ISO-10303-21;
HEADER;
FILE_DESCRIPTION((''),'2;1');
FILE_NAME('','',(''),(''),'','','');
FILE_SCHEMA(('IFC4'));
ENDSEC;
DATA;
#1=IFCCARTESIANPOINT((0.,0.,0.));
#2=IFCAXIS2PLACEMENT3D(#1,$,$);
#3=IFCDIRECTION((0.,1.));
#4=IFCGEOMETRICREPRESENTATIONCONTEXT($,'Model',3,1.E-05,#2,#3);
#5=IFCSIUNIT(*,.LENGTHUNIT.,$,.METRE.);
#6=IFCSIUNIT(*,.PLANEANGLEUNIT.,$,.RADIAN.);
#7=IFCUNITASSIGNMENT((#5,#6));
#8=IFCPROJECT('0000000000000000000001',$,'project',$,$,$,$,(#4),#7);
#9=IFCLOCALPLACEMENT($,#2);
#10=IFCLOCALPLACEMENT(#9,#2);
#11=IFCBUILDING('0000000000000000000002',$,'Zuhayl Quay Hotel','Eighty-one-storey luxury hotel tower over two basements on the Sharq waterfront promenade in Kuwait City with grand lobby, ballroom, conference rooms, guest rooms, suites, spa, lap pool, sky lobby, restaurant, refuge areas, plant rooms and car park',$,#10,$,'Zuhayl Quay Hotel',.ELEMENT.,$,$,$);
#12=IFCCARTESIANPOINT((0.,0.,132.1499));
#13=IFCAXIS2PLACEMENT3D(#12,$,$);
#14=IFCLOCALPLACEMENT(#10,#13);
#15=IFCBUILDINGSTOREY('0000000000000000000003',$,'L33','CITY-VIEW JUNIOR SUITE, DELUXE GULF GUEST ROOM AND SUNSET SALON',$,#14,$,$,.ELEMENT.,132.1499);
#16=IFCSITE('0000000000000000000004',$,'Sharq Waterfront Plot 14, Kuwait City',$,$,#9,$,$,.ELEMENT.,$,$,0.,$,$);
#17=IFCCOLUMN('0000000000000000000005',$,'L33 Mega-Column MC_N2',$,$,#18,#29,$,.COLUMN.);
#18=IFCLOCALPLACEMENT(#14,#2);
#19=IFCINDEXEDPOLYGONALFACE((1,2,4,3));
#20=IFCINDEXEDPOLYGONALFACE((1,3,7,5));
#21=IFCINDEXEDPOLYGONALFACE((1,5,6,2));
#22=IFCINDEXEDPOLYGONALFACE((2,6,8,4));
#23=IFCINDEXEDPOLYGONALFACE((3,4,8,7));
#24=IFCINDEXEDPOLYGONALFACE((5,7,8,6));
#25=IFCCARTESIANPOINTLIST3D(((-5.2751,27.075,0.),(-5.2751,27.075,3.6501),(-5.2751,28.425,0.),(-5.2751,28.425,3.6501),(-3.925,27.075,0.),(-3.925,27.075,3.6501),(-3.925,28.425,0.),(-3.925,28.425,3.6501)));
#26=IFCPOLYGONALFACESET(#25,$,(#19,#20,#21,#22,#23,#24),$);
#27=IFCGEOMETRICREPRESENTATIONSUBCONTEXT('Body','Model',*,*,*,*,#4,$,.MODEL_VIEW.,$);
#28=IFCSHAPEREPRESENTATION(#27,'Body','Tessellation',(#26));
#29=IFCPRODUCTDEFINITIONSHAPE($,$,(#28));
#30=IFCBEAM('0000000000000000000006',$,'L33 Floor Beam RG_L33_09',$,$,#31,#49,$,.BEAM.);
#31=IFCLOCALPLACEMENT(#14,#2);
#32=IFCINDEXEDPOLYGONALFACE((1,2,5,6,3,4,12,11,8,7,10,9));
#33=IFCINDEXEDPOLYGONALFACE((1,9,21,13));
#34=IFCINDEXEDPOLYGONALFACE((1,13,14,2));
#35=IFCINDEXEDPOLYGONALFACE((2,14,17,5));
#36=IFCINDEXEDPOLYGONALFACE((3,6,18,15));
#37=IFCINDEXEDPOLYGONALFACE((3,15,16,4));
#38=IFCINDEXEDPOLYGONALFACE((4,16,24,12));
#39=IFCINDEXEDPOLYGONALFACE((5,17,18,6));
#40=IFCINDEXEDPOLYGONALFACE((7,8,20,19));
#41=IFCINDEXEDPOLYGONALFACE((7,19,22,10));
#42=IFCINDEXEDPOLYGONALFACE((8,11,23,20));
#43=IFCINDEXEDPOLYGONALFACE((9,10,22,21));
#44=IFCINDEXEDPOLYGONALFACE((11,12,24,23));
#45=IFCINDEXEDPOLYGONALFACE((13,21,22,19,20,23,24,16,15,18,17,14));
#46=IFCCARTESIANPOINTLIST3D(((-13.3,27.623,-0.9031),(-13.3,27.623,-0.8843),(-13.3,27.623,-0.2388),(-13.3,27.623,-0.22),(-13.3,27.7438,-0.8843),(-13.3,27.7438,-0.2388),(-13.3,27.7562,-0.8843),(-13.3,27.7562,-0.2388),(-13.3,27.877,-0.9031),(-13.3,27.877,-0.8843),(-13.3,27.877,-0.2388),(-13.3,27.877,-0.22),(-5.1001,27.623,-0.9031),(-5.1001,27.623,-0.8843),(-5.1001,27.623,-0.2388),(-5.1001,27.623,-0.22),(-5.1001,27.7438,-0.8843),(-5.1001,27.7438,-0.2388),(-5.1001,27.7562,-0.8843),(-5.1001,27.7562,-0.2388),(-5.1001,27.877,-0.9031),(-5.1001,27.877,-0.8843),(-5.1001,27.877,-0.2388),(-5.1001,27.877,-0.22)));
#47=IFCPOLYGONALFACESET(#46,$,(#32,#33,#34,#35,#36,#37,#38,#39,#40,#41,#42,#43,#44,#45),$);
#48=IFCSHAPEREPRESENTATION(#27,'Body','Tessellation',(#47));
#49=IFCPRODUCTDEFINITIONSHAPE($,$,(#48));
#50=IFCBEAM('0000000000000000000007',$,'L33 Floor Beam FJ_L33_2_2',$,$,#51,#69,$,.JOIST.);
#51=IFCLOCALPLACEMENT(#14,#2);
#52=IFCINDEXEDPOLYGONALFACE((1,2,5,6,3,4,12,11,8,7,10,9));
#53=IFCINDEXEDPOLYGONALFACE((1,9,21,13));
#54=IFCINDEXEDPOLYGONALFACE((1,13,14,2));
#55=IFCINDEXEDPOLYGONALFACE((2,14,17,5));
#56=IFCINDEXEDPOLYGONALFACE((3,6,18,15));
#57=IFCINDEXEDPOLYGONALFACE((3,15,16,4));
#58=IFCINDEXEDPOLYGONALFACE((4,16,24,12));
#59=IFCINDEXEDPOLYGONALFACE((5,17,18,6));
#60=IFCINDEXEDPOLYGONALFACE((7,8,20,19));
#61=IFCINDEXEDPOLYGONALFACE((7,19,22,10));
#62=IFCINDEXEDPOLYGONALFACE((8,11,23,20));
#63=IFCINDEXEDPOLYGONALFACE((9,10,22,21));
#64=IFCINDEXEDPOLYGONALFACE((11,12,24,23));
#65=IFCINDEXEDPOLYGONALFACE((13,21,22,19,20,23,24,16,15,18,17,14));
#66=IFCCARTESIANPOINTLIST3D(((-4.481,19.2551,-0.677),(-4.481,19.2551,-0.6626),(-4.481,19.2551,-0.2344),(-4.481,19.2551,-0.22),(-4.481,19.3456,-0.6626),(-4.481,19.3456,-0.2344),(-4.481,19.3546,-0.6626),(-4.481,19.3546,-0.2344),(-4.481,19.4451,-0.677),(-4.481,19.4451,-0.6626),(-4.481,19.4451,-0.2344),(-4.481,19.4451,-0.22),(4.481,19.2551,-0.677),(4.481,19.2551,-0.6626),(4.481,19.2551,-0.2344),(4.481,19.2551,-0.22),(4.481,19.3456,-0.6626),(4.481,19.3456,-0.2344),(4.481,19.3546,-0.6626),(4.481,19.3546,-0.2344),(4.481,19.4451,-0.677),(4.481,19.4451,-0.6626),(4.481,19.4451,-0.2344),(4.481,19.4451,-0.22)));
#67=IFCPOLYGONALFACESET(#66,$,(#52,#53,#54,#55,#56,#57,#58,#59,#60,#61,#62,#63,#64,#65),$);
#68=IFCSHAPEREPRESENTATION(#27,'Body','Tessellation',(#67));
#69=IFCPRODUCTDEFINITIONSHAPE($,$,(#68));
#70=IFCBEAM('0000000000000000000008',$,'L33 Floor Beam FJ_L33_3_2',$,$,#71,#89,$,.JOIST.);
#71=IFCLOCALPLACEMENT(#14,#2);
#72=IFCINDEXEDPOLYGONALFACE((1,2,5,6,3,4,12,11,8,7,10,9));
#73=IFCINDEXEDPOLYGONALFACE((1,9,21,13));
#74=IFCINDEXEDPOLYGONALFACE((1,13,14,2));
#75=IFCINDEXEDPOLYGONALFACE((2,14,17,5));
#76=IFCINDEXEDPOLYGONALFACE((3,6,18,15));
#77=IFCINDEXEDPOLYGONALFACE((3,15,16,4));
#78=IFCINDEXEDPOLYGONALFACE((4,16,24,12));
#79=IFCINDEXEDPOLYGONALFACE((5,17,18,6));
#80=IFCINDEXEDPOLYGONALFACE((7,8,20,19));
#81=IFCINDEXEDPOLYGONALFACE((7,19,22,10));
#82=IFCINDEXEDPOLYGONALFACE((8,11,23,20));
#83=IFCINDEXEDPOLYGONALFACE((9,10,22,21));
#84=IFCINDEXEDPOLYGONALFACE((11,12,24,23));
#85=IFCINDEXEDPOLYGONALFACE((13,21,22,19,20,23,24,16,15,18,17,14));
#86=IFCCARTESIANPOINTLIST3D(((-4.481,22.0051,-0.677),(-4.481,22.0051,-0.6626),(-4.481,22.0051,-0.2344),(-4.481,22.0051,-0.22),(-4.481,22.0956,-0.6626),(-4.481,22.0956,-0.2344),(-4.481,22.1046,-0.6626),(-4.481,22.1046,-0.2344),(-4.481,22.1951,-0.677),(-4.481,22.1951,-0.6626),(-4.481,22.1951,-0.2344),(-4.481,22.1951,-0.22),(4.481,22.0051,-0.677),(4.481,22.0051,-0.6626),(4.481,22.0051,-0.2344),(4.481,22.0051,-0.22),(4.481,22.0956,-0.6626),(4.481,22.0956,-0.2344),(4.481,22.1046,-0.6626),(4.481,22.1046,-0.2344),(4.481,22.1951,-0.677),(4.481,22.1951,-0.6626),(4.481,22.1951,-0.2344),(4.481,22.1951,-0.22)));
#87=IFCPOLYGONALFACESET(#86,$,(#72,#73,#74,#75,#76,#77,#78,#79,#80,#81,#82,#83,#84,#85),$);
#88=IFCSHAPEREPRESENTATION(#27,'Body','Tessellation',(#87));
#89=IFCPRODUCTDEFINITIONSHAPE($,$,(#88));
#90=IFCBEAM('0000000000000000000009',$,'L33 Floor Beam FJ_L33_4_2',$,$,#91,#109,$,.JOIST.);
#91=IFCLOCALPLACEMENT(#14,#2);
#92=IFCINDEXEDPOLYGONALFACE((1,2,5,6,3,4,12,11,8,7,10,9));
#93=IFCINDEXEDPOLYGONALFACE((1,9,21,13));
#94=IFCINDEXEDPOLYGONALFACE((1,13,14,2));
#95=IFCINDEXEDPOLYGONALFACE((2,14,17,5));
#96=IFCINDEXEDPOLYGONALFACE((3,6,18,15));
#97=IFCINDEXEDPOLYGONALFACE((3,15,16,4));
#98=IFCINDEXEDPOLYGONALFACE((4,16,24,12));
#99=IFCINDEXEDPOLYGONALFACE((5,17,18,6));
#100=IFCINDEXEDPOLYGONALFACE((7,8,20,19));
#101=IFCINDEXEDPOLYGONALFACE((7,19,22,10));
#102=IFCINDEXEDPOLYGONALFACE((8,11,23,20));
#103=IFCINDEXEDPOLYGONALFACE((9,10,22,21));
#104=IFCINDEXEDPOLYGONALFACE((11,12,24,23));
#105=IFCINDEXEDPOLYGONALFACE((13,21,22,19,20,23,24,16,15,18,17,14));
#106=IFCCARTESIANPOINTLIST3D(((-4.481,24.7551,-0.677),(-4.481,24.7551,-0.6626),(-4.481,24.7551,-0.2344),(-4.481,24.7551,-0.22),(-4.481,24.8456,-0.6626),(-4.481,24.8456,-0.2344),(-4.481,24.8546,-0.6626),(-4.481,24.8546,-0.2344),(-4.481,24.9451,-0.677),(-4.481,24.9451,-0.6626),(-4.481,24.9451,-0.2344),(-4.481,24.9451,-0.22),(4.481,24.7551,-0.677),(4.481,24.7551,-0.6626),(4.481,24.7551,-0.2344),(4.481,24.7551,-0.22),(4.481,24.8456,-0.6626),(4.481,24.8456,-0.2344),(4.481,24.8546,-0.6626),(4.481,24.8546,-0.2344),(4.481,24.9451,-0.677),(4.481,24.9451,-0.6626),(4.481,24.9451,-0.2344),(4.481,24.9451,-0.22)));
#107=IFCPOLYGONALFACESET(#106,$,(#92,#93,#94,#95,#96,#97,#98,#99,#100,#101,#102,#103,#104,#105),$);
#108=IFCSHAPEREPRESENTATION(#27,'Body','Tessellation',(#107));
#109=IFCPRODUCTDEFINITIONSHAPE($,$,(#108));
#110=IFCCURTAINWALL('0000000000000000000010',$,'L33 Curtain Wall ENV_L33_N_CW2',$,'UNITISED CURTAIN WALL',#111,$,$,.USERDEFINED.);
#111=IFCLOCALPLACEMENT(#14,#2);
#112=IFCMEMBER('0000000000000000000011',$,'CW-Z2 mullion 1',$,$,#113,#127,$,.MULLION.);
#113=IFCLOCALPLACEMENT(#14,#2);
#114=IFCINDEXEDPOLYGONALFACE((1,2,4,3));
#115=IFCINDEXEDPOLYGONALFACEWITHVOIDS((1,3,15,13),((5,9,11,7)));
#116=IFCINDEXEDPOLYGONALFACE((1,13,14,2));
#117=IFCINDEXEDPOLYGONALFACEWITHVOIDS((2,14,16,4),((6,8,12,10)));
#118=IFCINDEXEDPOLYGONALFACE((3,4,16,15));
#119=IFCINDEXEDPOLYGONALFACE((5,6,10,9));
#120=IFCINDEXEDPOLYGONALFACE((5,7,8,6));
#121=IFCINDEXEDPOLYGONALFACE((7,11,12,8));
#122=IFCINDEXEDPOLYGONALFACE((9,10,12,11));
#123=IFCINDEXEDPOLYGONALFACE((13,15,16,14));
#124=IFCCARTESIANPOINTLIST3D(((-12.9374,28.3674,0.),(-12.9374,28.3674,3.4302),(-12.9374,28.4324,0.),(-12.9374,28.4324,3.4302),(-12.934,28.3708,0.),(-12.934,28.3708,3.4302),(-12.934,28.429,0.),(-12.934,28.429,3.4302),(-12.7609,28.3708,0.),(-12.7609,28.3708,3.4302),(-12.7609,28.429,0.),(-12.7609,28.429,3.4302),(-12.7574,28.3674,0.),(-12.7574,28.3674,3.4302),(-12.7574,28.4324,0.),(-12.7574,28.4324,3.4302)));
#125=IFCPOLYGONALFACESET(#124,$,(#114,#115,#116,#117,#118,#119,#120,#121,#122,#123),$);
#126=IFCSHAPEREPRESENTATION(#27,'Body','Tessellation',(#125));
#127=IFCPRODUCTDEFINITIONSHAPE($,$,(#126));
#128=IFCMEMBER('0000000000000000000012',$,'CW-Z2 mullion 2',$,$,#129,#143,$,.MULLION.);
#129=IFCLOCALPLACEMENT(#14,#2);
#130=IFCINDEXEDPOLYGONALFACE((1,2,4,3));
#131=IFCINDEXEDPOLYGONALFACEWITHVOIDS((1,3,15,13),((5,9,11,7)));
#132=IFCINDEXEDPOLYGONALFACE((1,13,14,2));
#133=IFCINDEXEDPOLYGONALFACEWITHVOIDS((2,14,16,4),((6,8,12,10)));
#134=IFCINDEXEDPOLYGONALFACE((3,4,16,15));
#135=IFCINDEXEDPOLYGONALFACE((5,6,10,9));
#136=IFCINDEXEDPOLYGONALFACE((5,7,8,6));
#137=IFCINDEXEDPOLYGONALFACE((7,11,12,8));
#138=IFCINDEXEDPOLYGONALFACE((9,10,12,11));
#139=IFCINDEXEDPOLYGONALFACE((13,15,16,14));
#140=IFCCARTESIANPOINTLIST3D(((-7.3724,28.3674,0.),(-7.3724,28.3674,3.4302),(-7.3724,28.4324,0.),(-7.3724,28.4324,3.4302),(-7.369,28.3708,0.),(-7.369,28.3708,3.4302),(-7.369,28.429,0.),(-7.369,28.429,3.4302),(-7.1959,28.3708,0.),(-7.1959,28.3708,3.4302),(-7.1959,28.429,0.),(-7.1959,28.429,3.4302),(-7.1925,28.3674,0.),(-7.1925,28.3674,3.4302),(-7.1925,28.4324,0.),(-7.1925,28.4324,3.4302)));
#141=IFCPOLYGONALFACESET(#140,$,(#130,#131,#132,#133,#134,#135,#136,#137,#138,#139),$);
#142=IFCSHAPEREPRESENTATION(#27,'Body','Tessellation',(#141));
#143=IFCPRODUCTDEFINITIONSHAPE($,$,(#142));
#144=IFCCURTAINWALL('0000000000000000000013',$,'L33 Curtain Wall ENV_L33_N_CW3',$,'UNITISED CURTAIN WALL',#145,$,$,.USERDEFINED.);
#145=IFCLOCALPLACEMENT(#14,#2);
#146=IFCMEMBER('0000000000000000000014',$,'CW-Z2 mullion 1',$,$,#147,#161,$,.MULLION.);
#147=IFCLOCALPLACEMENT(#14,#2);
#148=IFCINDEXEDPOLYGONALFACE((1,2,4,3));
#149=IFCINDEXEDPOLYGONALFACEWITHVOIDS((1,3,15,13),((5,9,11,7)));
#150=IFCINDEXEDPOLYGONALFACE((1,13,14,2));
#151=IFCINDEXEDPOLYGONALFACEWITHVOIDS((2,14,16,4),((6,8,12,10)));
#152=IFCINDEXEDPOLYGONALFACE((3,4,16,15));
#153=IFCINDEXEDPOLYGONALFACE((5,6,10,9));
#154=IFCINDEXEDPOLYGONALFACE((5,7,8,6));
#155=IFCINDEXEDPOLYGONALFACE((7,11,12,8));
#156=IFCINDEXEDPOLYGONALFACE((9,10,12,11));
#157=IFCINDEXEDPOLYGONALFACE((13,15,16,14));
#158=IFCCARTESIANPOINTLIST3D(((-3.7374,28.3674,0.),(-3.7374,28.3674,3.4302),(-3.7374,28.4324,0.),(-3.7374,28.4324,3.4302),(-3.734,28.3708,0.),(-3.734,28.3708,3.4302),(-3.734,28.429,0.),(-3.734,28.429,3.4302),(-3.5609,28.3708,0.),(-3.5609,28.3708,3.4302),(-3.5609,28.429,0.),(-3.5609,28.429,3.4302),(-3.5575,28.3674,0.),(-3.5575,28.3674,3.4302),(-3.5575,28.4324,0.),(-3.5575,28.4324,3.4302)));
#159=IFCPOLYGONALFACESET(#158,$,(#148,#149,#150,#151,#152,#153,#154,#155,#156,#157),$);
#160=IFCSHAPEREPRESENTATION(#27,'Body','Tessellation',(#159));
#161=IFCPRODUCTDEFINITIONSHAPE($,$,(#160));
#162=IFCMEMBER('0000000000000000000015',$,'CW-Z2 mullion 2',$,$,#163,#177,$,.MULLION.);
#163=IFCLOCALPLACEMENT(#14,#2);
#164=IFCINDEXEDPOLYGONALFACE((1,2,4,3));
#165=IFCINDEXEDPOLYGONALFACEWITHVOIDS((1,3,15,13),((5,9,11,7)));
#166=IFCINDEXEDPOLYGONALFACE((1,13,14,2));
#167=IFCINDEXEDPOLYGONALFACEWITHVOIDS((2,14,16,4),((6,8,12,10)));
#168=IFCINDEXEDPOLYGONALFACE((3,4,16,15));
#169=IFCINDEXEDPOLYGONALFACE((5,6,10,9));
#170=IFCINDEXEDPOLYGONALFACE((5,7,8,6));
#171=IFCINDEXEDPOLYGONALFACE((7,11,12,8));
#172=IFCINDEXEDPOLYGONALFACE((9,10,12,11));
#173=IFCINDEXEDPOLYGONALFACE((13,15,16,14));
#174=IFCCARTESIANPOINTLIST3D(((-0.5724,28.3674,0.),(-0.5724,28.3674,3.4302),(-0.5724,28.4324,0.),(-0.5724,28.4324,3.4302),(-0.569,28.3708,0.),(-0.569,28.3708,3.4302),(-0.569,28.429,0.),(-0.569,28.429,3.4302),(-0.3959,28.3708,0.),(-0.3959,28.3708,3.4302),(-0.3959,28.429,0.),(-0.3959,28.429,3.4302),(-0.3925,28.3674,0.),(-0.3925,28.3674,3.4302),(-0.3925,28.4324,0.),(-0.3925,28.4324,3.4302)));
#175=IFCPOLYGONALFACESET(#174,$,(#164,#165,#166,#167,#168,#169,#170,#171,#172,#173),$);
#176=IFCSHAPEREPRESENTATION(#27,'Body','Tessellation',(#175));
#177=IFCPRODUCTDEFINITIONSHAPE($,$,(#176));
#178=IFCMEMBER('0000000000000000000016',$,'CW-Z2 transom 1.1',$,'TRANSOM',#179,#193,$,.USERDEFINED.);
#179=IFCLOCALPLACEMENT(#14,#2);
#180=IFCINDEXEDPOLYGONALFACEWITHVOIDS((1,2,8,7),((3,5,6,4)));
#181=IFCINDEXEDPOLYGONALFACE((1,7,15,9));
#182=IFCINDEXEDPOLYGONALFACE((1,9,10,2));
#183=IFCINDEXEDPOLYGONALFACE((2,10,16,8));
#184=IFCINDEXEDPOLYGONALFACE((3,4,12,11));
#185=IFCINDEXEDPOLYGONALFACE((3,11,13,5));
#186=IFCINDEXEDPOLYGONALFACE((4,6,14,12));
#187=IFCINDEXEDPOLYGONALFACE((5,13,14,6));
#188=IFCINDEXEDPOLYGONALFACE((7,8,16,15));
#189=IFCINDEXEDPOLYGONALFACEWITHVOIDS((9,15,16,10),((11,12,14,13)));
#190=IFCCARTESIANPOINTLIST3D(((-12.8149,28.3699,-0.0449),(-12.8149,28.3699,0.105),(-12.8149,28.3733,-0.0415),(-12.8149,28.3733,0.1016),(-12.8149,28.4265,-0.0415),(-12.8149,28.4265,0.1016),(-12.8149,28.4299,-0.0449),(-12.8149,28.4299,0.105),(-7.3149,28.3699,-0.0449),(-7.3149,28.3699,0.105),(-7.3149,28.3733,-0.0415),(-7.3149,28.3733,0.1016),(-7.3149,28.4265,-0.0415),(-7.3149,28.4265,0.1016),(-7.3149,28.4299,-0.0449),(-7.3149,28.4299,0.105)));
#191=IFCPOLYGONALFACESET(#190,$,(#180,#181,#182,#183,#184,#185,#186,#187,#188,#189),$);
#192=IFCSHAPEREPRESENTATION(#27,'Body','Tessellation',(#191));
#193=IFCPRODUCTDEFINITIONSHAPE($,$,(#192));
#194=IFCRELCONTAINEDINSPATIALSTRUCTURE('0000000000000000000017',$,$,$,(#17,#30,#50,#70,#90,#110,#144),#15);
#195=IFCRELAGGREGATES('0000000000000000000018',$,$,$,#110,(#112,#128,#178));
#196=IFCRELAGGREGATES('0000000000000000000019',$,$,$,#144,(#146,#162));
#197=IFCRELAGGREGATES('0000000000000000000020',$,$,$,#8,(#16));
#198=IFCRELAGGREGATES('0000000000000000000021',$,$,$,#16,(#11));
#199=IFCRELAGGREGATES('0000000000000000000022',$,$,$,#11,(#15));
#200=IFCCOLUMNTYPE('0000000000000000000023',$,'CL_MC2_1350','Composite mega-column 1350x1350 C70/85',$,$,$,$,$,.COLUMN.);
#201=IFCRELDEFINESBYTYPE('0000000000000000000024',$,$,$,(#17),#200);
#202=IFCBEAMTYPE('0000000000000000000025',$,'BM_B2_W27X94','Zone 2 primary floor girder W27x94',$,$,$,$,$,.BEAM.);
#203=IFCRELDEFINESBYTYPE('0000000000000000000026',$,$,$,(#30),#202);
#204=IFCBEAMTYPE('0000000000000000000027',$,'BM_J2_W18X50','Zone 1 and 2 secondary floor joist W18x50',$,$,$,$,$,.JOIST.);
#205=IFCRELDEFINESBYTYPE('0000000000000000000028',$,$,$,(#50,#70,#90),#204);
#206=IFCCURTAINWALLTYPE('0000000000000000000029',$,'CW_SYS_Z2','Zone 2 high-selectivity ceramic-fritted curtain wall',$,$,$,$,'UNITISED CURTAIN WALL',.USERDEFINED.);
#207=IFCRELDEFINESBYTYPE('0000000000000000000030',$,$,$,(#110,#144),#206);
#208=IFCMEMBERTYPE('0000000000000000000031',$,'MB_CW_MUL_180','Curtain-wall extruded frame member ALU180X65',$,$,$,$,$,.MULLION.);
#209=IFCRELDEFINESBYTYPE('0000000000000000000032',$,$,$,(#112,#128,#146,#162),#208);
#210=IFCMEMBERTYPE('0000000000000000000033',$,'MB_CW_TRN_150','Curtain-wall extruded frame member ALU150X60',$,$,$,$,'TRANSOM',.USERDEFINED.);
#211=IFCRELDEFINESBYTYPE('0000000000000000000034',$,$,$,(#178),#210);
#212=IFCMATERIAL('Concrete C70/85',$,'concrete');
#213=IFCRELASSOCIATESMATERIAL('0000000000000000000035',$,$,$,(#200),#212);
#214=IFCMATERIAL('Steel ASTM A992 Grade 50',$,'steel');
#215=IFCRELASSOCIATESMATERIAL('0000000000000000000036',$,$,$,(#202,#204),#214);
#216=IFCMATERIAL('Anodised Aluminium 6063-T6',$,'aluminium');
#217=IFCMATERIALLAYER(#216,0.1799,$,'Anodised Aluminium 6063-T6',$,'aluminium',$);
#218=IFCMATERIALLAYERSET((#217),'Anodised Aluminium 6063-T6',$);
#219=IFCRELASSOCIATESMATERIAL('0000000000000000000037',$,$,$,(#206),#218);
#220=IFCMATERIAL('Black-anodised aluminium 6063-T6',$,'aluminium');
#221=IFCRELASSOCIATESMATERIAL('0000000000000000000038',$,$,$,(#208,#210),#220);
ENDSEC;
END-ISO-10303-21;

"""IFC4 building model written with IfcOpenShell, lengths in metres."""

from ifc_helpers import new_model, si_unit, direction, frame, origin, origin_2d, place, context, subcontext, project, spatial, rectangle, hollow_rectangle, i_section, extrude, material, layer, layer_set, material_profile, profile_set, type_object, element, aggregate, save


model = new_model("IFC4")

# Units and contexts
model_context = context("Model", 3, precision=1e-05, world=origin(), true_north=direction((0.0, 1.0)))
body_context = subcontext(model_context, "Body", "Model", "MODEL_VIEW")
ifc_project = project(units=[si_unit("LENGTHUNIT", "METRE"), si_unit("PLANEANGLEUNIT", "RADIAN")], contexts=[model_context])

# Site, building, storey
site_placement = place(None, origin())
site = spatial("IfcSite", under=ifc_project, at=site_placement, Name="Sharq Waterfront Plot 14, Kuwait City", CompositionType="ELEMENT", RefElevation=0.0)
building_placement = place(site_placement, origin())
building = spatial("IfcBuilding", under=site, at=building_placement, Name="Zuhayl Quay Hotel", Description="Eighty-one-storey luxury hotel tower over two basements on the Sharq waterfront promenade in Kuwait City with grand lobby, ballroom, conference rooms, guest rooms, suites, spa, lap pool, sky lobby, restaurant, refuge areas, plant rooms and car park", LongName="Zuhayl Quay Hotel", CompositionType="ELEMENT")
storey_placement = place(building_placement, frame((0.0, 0.0, 132.1499)))
storey = spatial("IfcBuildingStorey", under=building, at=storey_placement, Name="L33", Description="CITY-VIEW JUNIOR SUITE, DELUXE GULF GUEST ROOM AND SUNSET SALON", CompositionType="ELEMENT", Elevation=132.1499)

# Column
ifc_material_1 = material(Name="Concrete C70/85", Category="concrete")
ifc_material_profile_1 = material_profile(ifc_material_1, rectangle(XDim=1.3501, YDim=1.3501, at=origin_2d()), Name="RC1350X1350")
ifc_profile_set_1 = profile_set([ifc_material_profile_1], Name="Concrete C70/85")
column_type = type_object("IfcColumnType", Name="CL_MC2_1350", Description="Composite mega-column 1350x1350 C70/85", PredefinedType="COLUMN", material=ifc_profile_set_1)
column_placement = place(storey_placement, frame((-4.6001, 27.75, 0.0), z_axis=(0.0, 0.0, 1.0), x_axis=(1.0, 0.0, 0.0)))
element("IfcColumn", 1, at=column_placement, inside=storey, type_object=column_type, Name="L33 Mega-Column MC_N2", PredefinedType="COLUMN", context=body_context, shape_type="SweptSolid", body=[
    extrude(rectangle(XDim=1.3501, YDim=1.3501, at=origin_2d()), origin(), (0.0, 0.0, 1.0), 3.6501),
])

# Beams
ifc_material_2 = material(Name="Steel ASTM A992 Grade 50", Category="steel")
ifc_material_profile_2 = material_profile(ifc_material_2, i_section(OverallWidth=0.2539, OverallDepth=0.6831, WebThickness=0.0125, FlangeThickness=0.0188, at=origin_2d()), Name="W27X94")
ifc_profile_set_2 = profile_set([ifc_material_profile_2], Name="Steel ASTM A992 Grade 50")
beam_type_1 = type_object("IfcBeamType", Name="BM_B2_W27X94", Description="Zone 2 primary floor girder W27x94", PredefinedType="BEAM", material=ifc_profile_set_2)
beam_placement = place(storey_placement, frame((-5.1001, 27.75, -0.5615), z_axis=(-1.0, 0.0, 0.0), x_axis=(0.0, -1.0, 0.0)))
element("IfcBeam", 2, at=beam_placement, inside=storey, type_object=beam_type_1, Name="L33 Floor Beam RG_L33_09", PredefinedType="BEAM", context=body_context, shape_type="SweptSolid", body=[
    extrude(i_section(OverallWidth=0.2539, OverallDepth=0.6831, WebThickness=0.0125, FlangeThickness=0.0188, at=origin_2d()), origin(), (0.0, 0.0, 1.0), 8.2),
])
ifc_material_profile_3 = material_profile(ifc_material_2, i_section(OverallWidth=0.1899, OverallDepth=0.457, WebThickness=0.009, FlangeThickness=0.0144, at=origin_2d()), Name="W18X50")
ifc_profile_set_3 = profile_set([ifc_material_profile_3], Name="Steel ASTM A992 Grade 50")
beam_type_2 = type_object("IfcBeamType", Name="BM_J2_W18X50", Description="Zone 1 and 2 secondary floor joist W18x50", PredefinedType="JOIST", material=ifc_profile_set_3)
for number, where, z_axis, x_axis, name in (
    (3, (-4.481, 19.3501, -0.4485), (1.0, 0.0, 0.0), (0.0, 1.0, 0.0), "L33 Floor Beam FJ_L33_2_2"),
    (4, (-4.481, 22.1001, -0.4485), (1.0, 0.0, 0.0), (0.0, 1.0, 0.0), "L33 Floor Beam FJ_L33_3_2"),
    (5, (-4.481, 24.8501, -0.4485), (1.0, 0.0, 0.0), (0.0, 1.0, 0.0), "L33 Floor Beam FJ_L33_4_2"),
):
    element("IfcBeam", number, at=place(storey_placement, frame(where, z_axis=z_axis, x_axis=x_axis)), inside=storey, type_object=beam_type_2, Name=name, PredefinedType="JOIST", context=body_context, shape_type="SweptSolid", body=[
        extrude(i_section(OverallWidth=0.1899, OverallDepth=0.457, WebThickness=0.009, FlangeThickness=0.0144, at=origin_2d()), origin(), (0.0, 0.0, 1.0), 8.9619),
    ])

# Curtain walls, members
ifc_material_3 = material(Name="Anodised Aluminium 6063-T6", Category="aluminium")
ifc_layer_1 = layer(ifc_material_3, 0.1799, Name="Anodised Aluminium 6063-T6", Category="aluminium")
ifc_layer_set_1 = layer_set([ifc_layer_1], Name="Anodised Aluminium 6063-T6")
curtain_wall_type = type_object("IfcCurtainWallType", Name="CW_SYS_Z2", Description="Zone 2 high-selectivity ceramic-fritted curtain wall", ElementType="UNITISED CURTAIN WALL", PredefinedType="USERDEFINED", material=ifc_layer_set_1)
curtain_wall_1_placement = place(storey_placement, origin())
curtain_wall_1 = element("IfcCurtainWall", 6, at=curtain_wall_1_placement, inside=storey, type_object=curtain_wall_type, Name="L33 Curtain Wall ENV_L33_N_CW2", ObjectType="UNITISED CURTAIN WALL", PredefinedType="USERDEFINED")
ifc_material_4 = material(Name="Black-anodised aluminium 6063-T6", Category="aluminium")
ifc_material_profile_4 = material_profile(ifc_material_4, hollow_rectangle(XDim=0.0649, YDim=0.1799, WallThickness=0.0034, at=origin_2d()), Name="ALU180X65")
ifc_profile_set_4 = profile_set([ifc_material_profile_4], Name="Black-anodised aluminium 6063-T6")
member_type_1 = type_object("IfcMemberType", Name="MB_CW_MUL_180", Description="Curtain-wall extruded frame member ALU180X65", PredefinedType="MULLION", material=ifc_profile_set_4)
member_1_placement = place(storey_placement, frame((-12.8474, 28.3999, 0.0), z_axis=(0.0, 0.0, 1.0), x_axis=(0.0, 1.0, 0.0)))
member_1 = element("IfcMember", 7, at=member_1_placement, type_object=member_type_1, Name="CW-Z2 mullion 1", PredefinedType="MULLION", context=body_context, shape_type="SweptSolid", body=[
    extrude(hollow_rectangle(XDim=0.0649, YDim=0.1799, WallThickness=0.0034, at=origin_2d()), origin(), (0.0, 0.0, 1.0), 3.4302),
])
member_2_placement = place(storey_placement, frame((-7.2825, 28.3999, 0.0), z_axis=(0.0, 0.0, 1.0), x_axis=(0.0, 1.0, 0.0)))
member_2 = element("IfcMember", 8, at=member_2_placement, type_object=member_type_1, Name="CW-Z2 mullion 2", PredefinedType="MULLION", context=body_context, shape_type="SweptSolid", body=[
    extrude(hollow_rectangle(XDim=0.0649, YDim=0.1799, WallThickness=0.0034, at=origin_2d()), origin(), (0.0, 0.0, 1.0), 3.4302),
])
curtain_wall_2_placement = place(storey_placement, origin())
curtain_wall_2 = element("IfcCurtainWall", 9, at=curtain_wall_2_placement, inside=storey, type_object=curtain_wall_type, Name="L33 Curtain Wall ENV_L33_N_CW3", ObjectType="UNITISED CURTAIN WALL", PredefinedType="USERDEFINED")
member_3_placement = place(storey_placement, frame((-3.6475, 28.3999, 0.0), z_axis=(0.0, 0.0, 1.0), x_axis=(0.0, 1.0, 0.0)))
member_3 = element("IfcMember", 10, at=member_3_placement, type_object=member_type_1, Name="CW-Z2 mullion 1", PredefinedType="MULLION", context=body_context, shape_type="SweptSolid", body=[
    extrude(hollow_rectangle(XDim=0.0649, YDim=0.1799, WallThickness=0.0034, at=origin_2d()), origin(), (0.0, 0.0, 1.0), 3.4302),
])
member_4_placement = place(storey_placement, frame((-0.4824, 28.3999, 0.0), z_axis=(0.0, 0.0, 1.0), x_axis=(0.0, 1.0, 0.0)))
member_4 = element("IfcMember", 11, at=member_4_placement, type_object=member_type_1, Name="CW-Z2 mullion 2", PredefinedType="MULLION", context=body_context, shape_type="SweptSolid", body=[
    extrude(hollow_rectangle(XDim=0.0649, YDim=0.1799, WallThickness=0.0034, at=origin_2d()), origin(), (0.0, 0.0, 1.0), 3.4302),
])

# Member
ifc_material_profile_5 = material_profile(ifc_material_4, hollow_rectangle(XDim=0.0601, YDim=0.1499, WallThickness=0.0034, at=origin_2d()), Name="ALU150X60")
ifc_profile_set_5 = profile_set([ifc_material_profile_5], Name="Black-anodised aluminium 6063-T6")
member_type_2 = type_object("IfcMemberType", Name="MB_CW_TRN_150", Description="Curtain-wall extruded frame member ALU150X60", ElementType="TRANSOM", PredefinedType="USERDEFINED", material=ifc_profile_set_5)
member_5_placement = place(storey_placement, frame((-12.8149, 28.3999, 0.03), z_axis=(1.0, 0.0, 0.0), x_axis=(0.0, 1.0, 0.0)))
member_5 = element("IfcMember", 12, at=member_5_placement, type_object=member_type_2, Name="CW-Z2 transom 1.1", ObjectType="TRANSOM", PredefinedType="USERDEFINED", context=body_context, shape_type="SweptSolid", body=[
    extrude(hollow_rectangle(XDim=0.0601, YDim=0.1499, WallThickness=0.0034, at=origin_2d()), origin(), (0.0, 0.0, 1.0), 5.5),
])

aggregate(curtain_wall_1, [member_1, member_2, member_5])
aggregate(curtain_wall_2, [member_3, member_4])

save(model, "model.ifc")
